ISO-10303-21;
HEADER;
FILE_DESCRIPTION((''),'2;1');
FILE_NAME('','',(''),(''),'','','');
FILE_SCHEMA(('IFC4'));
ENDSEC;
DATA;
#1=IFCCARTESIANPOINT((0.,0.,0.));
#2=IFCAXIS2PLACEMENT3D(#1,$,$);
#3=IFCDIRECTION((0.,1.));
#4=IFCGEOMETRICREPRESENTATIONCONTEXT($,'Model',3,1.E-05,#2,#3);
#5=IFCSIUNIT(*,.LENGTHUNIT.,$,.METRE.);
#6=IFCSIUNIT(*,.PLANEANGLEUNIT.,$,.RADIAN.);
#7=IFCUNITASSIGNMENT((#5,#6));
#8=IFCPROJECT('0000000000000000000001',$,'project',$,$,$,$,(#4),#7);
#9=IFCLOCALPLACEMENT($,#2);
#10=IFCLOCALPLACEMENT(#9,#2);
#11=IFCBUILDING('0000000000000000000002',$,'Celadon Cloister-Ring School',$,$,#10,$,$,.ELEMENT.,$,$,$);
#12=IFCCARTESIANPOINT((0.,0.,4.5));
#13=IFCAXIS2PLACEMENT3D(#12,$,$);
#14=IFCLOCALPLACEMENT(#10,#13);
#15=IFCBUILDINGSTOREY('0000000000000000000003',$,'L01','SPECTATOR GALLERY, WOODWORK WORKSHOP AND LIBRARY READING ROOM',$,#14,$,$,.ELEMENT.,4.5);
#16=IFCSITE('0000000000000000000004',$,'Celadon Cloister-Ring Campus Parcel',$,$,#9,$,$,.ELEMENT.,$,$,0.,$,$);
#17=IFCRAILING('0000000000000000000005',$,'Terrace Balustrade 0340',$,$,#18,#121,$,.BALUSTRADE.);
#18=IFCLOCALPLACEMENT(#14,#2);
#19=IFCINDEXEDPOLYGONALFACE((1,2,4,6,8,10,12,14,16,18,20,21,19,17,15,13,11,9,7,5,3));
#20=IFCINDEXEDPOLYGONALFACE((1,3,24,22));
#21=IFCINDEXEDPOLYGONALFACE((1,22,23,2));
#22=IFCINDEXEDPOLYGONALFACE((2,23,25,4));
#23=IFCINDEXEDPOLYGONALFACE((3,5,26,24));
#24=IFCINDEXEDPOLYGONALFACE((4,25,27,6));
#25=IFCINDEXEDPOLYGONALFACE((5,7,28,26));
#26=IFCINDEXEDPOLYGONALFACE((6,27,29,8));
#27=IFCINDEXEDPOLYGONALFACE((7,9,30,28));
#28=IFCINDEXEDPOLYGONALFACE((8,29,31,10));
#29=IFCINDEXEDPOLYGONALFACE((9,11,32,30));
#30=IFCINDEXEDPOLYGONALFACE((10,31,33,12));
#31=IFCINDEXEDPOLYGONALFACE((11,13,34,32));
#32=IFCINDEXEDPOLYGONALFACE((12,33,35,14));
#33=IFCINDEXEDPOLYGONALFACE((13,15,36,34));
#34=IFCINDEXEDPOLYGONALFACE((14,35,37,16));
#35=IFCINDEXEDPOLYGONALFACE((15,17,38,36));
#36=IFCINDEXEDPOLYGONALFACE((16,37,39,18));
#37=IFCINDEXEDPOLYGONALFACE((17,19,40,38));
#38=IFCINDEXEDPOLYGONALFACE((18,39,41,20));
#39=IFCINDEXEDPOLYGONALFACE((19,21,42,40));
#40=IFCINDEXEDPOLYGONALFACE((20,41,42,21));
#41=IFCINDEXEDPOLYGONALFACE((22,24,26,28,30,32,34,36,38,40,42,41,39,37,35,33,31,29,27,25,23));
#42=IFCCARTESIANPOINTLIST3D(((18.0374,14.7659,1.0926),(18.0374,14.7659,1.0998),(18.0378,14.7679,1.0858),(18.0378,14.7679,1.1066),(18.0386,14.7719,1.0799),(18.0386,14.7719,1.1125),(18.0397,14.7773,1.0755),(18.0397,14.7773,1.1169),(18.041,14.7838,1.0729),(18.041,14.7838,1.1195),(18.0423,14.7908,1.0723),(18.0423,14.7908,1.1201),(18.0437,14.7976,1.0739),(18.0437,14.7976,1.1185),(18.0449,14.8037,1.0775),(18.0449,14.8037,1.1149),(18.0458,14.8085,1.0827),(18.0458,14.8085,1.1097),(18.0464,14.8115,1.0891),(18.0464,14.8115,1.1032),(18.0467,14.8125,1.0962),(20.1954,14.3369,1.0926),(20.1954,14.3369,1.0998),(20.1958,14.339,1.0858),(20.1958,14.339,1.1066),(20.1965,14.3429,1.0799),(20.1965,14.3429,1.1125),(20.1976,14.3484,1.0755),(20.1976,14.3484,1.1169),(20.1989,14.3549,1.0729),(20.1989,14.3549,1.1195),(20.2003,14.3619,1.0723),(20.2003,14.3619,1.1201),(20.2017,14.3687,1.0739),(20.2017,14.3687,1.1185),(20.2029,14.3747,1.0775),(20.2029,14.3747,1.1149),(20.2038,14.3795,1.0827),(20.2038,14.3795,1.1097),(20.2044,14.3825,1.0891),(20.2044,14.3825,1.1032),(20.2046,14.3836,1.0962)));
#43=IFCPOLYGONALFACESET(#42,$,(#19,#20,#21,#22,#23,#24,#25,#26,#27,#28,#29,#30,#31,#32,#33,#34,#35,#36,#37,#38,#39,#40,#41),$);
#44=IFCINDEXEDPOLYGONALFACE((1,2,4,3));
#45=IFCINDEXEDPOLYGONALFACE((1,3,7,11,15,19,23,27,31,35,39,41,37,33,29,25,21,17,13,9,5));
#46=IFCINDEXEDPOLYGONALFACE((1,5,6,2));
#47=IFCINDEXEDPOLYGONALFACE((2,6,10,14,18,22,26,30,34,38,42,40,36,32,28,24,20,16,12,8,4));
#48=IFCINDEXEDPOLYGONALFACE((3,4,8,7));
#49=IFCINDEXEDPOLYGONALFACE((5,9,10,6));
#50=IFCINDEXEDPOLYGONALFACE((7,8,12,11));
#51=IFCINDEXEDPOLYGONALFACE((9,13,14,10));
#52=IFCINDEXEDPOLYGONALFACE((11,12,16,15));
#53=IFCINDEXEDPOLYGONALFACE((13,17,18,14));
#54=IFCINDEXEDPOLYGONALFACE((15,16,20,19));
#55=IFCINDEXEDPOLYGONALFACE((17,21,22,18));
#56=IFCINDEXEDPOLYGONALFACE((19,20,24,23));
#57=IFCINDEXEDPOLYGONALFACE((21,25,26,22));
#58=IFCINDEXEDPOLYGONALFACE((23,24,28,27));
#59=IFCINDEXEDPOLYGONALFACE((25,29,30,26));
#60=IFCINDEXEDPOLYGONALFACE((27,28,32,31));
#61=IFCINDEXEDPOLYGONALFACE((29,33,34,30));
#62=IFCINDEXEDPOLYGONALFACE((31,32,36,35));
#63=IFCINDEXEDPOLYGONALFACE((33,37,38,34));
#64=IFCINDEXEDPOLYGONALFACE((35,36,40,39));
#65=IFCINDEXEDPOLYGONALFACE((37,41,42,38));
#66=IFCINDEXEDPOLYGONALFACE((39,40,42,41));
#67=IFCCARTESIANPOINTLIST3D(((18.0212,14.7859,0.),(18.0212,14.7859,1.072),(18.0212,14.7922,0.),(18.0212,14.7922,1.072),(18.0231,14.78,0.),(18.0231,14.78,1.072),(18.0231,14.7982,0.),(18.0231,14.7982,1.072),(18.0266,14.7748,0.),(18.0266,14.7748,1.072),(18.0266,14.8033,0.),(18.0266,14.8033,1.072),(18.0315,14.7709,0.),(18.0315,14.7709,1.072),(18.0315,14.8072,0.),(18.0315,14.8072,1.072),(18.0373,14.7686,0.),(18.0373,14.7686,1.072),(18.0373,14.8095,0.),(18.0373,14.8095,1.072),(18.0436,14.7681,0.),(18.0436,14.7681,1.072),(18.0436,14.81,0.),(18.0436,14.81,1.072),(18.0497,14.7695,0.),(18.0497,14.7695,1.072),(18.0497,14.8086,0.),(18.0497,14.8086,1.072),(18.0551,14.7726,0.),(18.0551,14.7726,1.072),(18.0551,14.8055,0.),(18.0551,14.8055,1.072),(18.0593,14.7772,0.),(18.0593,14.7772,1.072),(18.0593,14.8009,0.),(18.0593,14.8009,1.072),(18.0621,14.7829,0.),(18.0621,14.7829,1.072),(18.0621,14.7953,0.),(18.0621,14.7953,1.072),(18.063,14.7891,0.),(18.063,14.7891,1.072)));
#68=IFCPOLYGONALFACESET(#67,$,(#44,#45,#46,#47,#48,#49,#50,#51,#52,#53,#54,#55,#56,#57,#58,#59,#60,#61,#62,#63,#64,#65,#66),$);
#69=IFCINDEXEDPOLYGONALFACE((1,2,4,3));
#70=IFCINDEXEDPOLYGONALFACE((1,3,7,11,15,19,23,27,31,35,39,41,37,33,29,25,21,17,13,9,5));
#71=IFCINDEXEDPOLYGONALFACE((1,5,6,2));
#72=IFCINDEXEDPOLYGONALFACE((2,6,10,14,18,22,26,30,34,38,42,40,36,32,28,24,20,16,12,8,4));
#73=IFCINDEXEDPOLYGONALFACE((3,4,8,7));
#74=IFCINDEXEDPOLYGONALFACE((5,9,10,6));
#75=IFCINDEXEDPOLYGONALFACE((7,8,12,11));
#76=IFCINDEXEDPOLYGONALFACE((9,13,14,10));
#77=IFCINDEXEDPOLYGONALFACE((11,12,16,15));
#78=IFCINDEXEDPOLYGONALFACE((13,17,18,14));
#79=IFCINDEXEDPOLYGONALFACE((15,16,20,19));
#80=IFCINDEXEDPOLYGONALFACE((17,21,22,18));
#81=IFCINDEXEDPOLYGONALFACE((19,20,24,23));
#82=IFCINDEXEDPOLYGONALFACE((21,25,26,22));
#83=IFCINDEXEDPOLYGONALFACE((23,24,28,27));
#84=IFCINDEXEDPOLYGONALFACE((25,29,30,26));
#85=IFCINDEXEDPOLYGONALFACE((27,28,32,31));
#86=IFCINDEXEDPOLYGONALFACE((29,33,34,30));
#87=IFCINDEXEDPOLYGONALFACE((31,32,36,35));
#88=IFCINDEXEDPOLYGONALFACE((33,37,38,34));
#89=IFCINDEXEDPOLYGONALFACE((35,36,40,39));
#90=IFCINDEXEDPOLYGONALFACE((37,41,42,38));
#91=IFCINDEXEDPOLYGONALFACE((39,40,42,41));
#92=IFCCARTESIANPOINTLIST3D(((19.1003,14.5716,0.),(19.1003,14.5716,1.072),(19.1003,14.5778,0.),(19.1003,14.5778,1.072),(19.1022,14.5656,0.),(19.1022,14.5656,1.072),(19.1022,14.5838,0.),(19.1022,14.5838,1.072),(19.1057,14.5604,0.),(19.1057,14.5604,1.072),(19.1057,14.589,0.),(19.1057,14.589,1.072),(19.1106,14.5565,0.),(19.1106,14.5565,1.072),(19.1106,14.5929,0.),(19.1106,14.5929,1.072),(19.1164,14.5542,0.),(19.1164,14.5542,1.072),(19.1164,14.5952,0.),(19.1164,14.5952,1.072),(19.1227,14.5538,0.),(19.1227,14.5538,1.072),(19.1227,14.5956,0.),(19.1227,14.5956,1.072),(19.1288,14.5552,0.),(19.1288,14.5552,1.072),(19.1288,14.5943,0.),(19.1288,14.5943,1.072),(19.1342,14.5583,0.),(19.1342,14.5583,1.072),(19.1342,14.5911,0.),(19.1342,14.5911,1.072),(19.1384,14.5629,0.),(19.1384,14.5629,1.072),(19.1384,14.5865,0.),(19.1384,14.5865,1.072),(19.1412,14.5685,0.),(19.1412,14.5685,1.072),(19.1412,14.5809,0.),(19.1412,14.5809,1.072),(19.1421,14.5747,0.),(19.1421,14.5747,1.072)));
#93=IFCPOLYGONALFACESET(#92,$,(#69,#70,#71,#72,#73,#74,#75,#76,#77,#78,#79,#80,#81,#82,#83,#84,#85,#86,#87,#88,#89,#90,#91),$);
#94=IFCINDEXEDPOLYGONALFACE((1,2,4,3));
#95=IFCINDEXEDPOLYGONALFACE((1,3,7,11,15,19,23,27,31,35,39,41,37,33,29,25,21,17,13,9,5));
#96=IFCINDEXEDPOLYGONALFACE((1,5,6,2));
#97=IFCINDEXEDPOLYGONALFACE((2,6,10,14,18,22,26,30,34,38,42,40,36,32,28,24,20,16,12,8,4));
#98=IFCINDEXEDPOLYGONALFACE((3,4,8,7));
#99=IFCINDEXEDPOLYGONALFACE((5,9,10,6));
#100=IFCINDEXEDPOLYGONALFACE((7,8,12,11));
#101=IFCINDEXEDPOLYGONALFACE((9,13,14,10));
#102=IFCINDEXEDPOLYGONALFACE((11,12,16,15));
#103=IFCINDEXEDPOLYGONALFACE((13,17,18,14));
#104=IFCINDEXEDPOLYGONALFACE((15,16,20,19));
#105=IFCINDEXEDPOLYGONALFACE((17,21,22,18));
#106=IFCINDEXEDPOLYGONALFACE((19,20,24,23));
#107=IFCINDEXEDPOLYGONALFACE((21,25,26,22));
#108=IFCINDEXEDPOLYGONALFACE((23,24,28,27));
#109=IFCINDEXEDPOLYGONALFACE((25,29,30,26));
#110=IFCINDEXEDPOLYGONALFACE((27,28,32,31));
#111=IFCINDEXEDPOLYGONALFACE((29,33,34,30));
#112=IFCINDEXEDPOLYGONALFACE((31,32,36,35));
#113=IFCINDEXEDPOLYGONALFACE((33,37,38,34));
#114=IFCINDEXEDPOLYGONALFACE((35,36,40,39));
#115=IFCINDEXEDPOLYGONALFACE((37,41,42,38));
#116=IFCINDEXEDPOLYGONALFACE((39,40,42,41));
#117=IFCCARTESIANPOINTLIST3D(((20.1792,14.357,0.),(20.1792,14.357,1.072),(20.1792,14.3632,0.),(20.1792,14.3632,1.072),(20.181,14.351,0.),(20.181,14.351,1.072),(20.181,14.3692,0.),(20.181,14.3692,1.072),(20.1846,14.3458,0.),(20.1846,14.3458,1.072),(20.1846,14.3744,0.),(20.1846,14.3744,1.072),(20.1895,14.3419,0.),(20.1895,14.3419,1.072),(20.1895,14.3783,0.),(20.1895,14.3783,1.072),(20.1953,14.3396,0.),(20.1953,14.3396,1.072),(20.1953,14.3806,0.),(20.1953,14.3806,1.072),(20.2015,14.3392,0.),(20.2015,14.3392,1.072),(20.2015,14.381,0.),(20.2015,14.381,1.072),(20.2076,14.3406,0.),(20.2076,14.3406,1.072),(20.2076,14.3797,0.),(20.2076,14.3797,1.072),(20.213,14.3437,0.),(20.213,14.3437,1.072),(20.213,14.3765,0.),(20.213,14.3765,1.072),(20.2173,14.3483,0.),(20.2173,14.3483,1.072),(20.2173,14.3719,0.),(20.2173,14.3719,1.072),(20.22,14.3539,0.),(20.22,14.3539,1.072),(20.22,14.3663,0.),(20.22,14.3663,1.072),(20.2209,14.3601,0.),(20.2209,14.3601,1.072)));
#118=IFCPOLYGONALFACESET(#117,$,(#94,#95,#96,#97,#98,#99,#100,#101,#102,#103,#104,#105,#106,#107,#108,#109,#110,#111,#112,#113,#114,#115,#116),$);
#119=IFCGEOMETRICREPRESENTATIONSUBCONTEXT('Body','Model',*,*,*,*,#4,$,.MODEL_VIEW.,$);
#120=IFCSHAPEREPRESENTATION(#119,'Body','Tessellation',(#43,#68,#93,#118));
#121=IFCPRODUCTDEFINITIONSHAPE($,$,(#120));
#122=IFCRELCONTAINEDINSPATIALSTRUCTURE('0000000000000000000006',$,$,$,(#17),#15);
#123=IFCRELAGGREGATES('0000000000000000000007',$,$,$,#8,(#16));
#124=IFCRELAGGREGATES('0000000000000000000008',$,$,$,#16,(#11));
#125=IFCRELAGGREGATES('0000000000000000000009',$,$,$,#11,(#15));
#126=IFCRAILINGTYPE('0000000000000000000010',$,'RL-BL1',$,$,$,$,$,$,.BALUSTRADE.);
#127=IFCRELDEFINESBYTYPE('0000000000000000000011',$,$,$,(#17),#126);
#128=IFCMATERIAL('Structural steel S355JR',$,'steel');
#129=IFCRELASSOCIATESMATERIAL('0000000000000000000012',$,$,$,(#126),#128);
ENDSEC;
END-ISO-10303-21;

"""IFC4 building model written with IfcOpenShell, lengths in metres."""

from ifc_helpers import new_model, si_unit, direction, frame, origin, origin_2d, place, context, subcontext, project, spatial, circle, extrude, material, type_object, element, save


model = new_model("IFC4")

# Units and contexts
model_context = context("Model", 3, precision=1e-05, world=origin(), true_north=direction((0.0, 1.0)))
body_context = subcontext(model_context, "Body", "Model", "MODEL_VIEW")
ifc_project = project(units=[si_unit("LENGTHUNIT", "METRE"), si_unit("PLANEANGLEUNIT", "RADIAN")], contexts=[model_context])

# Site, building, storey
site_placement = place(None, origin())
site = spatial("IfcSite", under=ifc_project, at=site_placement, Name="Celadon Cloister-Ring Campus Parcel", CompositionType="ELEMENT", RefElevation=0.0)
building_placement = place(site_placement, origin())
building = spatial("IfcBuilding", under=site, at=building_placement, Name="Celadon Cloister-Ring School", CompositionType="ELEMENT")
storey_placement = place(building_placement, frame((0.0, 0.0, 4.5)))
storey = spatial("IfcBuildingStorey", under=building, at=storey_placement, Name="L01", Description="SPECTATOR GALLERY, WOODWORK WORKSHOP AND LIBRARY READING ROOM", CompositionType="ELEMENT", Elevation=4.5)

# Railing
ifc_material_1 = material(Name="Structural steel S355JR", Category="steel")
railing_type = type_object("IfcRailingType", Name="RL-BL1", PredefinedType="BALUSTRADE", material=ifc_material_1)
railing_1_placement = place(storey_placement, frame((18.042, 14.7891, 0.0)))
element("IfcRailing", 1, at=railing_1_placement, inside=storey, type_object=railing_type, Name="Terrace Balustrade 0340", PredefinedType="BALUSTRADE", context=body_context, shape_type="SweptSolid", body=[
    extrude(circle(Radius=0.0239, at=origin_2d()), frame((0.0, 0.0, 1.0962), z_axis=(0.98081, -0.194964, 0.0), x_axis=(0.194964, 0.98081, 0.0)), (0.0, 0.0, 1.0), 2.2002),
    extrude(circle(Radius=0.021, at=origin_2d()), origin(), (0.0, 0.0, 1.0), 1.072),
    extrude(circle(Radius=0.021, at=origin_2d()), frame((1.0791, -0.2144, 0.0)), (0.0, 0.0, 1.0), 1.072),
    extrude(circle(Radius=0.021, at=origin_2d()), frame((2.158, -0.429, 0.0)), (0.0, 0.0, 1.0), 1.072),
])

save(model, "model.ifc")
